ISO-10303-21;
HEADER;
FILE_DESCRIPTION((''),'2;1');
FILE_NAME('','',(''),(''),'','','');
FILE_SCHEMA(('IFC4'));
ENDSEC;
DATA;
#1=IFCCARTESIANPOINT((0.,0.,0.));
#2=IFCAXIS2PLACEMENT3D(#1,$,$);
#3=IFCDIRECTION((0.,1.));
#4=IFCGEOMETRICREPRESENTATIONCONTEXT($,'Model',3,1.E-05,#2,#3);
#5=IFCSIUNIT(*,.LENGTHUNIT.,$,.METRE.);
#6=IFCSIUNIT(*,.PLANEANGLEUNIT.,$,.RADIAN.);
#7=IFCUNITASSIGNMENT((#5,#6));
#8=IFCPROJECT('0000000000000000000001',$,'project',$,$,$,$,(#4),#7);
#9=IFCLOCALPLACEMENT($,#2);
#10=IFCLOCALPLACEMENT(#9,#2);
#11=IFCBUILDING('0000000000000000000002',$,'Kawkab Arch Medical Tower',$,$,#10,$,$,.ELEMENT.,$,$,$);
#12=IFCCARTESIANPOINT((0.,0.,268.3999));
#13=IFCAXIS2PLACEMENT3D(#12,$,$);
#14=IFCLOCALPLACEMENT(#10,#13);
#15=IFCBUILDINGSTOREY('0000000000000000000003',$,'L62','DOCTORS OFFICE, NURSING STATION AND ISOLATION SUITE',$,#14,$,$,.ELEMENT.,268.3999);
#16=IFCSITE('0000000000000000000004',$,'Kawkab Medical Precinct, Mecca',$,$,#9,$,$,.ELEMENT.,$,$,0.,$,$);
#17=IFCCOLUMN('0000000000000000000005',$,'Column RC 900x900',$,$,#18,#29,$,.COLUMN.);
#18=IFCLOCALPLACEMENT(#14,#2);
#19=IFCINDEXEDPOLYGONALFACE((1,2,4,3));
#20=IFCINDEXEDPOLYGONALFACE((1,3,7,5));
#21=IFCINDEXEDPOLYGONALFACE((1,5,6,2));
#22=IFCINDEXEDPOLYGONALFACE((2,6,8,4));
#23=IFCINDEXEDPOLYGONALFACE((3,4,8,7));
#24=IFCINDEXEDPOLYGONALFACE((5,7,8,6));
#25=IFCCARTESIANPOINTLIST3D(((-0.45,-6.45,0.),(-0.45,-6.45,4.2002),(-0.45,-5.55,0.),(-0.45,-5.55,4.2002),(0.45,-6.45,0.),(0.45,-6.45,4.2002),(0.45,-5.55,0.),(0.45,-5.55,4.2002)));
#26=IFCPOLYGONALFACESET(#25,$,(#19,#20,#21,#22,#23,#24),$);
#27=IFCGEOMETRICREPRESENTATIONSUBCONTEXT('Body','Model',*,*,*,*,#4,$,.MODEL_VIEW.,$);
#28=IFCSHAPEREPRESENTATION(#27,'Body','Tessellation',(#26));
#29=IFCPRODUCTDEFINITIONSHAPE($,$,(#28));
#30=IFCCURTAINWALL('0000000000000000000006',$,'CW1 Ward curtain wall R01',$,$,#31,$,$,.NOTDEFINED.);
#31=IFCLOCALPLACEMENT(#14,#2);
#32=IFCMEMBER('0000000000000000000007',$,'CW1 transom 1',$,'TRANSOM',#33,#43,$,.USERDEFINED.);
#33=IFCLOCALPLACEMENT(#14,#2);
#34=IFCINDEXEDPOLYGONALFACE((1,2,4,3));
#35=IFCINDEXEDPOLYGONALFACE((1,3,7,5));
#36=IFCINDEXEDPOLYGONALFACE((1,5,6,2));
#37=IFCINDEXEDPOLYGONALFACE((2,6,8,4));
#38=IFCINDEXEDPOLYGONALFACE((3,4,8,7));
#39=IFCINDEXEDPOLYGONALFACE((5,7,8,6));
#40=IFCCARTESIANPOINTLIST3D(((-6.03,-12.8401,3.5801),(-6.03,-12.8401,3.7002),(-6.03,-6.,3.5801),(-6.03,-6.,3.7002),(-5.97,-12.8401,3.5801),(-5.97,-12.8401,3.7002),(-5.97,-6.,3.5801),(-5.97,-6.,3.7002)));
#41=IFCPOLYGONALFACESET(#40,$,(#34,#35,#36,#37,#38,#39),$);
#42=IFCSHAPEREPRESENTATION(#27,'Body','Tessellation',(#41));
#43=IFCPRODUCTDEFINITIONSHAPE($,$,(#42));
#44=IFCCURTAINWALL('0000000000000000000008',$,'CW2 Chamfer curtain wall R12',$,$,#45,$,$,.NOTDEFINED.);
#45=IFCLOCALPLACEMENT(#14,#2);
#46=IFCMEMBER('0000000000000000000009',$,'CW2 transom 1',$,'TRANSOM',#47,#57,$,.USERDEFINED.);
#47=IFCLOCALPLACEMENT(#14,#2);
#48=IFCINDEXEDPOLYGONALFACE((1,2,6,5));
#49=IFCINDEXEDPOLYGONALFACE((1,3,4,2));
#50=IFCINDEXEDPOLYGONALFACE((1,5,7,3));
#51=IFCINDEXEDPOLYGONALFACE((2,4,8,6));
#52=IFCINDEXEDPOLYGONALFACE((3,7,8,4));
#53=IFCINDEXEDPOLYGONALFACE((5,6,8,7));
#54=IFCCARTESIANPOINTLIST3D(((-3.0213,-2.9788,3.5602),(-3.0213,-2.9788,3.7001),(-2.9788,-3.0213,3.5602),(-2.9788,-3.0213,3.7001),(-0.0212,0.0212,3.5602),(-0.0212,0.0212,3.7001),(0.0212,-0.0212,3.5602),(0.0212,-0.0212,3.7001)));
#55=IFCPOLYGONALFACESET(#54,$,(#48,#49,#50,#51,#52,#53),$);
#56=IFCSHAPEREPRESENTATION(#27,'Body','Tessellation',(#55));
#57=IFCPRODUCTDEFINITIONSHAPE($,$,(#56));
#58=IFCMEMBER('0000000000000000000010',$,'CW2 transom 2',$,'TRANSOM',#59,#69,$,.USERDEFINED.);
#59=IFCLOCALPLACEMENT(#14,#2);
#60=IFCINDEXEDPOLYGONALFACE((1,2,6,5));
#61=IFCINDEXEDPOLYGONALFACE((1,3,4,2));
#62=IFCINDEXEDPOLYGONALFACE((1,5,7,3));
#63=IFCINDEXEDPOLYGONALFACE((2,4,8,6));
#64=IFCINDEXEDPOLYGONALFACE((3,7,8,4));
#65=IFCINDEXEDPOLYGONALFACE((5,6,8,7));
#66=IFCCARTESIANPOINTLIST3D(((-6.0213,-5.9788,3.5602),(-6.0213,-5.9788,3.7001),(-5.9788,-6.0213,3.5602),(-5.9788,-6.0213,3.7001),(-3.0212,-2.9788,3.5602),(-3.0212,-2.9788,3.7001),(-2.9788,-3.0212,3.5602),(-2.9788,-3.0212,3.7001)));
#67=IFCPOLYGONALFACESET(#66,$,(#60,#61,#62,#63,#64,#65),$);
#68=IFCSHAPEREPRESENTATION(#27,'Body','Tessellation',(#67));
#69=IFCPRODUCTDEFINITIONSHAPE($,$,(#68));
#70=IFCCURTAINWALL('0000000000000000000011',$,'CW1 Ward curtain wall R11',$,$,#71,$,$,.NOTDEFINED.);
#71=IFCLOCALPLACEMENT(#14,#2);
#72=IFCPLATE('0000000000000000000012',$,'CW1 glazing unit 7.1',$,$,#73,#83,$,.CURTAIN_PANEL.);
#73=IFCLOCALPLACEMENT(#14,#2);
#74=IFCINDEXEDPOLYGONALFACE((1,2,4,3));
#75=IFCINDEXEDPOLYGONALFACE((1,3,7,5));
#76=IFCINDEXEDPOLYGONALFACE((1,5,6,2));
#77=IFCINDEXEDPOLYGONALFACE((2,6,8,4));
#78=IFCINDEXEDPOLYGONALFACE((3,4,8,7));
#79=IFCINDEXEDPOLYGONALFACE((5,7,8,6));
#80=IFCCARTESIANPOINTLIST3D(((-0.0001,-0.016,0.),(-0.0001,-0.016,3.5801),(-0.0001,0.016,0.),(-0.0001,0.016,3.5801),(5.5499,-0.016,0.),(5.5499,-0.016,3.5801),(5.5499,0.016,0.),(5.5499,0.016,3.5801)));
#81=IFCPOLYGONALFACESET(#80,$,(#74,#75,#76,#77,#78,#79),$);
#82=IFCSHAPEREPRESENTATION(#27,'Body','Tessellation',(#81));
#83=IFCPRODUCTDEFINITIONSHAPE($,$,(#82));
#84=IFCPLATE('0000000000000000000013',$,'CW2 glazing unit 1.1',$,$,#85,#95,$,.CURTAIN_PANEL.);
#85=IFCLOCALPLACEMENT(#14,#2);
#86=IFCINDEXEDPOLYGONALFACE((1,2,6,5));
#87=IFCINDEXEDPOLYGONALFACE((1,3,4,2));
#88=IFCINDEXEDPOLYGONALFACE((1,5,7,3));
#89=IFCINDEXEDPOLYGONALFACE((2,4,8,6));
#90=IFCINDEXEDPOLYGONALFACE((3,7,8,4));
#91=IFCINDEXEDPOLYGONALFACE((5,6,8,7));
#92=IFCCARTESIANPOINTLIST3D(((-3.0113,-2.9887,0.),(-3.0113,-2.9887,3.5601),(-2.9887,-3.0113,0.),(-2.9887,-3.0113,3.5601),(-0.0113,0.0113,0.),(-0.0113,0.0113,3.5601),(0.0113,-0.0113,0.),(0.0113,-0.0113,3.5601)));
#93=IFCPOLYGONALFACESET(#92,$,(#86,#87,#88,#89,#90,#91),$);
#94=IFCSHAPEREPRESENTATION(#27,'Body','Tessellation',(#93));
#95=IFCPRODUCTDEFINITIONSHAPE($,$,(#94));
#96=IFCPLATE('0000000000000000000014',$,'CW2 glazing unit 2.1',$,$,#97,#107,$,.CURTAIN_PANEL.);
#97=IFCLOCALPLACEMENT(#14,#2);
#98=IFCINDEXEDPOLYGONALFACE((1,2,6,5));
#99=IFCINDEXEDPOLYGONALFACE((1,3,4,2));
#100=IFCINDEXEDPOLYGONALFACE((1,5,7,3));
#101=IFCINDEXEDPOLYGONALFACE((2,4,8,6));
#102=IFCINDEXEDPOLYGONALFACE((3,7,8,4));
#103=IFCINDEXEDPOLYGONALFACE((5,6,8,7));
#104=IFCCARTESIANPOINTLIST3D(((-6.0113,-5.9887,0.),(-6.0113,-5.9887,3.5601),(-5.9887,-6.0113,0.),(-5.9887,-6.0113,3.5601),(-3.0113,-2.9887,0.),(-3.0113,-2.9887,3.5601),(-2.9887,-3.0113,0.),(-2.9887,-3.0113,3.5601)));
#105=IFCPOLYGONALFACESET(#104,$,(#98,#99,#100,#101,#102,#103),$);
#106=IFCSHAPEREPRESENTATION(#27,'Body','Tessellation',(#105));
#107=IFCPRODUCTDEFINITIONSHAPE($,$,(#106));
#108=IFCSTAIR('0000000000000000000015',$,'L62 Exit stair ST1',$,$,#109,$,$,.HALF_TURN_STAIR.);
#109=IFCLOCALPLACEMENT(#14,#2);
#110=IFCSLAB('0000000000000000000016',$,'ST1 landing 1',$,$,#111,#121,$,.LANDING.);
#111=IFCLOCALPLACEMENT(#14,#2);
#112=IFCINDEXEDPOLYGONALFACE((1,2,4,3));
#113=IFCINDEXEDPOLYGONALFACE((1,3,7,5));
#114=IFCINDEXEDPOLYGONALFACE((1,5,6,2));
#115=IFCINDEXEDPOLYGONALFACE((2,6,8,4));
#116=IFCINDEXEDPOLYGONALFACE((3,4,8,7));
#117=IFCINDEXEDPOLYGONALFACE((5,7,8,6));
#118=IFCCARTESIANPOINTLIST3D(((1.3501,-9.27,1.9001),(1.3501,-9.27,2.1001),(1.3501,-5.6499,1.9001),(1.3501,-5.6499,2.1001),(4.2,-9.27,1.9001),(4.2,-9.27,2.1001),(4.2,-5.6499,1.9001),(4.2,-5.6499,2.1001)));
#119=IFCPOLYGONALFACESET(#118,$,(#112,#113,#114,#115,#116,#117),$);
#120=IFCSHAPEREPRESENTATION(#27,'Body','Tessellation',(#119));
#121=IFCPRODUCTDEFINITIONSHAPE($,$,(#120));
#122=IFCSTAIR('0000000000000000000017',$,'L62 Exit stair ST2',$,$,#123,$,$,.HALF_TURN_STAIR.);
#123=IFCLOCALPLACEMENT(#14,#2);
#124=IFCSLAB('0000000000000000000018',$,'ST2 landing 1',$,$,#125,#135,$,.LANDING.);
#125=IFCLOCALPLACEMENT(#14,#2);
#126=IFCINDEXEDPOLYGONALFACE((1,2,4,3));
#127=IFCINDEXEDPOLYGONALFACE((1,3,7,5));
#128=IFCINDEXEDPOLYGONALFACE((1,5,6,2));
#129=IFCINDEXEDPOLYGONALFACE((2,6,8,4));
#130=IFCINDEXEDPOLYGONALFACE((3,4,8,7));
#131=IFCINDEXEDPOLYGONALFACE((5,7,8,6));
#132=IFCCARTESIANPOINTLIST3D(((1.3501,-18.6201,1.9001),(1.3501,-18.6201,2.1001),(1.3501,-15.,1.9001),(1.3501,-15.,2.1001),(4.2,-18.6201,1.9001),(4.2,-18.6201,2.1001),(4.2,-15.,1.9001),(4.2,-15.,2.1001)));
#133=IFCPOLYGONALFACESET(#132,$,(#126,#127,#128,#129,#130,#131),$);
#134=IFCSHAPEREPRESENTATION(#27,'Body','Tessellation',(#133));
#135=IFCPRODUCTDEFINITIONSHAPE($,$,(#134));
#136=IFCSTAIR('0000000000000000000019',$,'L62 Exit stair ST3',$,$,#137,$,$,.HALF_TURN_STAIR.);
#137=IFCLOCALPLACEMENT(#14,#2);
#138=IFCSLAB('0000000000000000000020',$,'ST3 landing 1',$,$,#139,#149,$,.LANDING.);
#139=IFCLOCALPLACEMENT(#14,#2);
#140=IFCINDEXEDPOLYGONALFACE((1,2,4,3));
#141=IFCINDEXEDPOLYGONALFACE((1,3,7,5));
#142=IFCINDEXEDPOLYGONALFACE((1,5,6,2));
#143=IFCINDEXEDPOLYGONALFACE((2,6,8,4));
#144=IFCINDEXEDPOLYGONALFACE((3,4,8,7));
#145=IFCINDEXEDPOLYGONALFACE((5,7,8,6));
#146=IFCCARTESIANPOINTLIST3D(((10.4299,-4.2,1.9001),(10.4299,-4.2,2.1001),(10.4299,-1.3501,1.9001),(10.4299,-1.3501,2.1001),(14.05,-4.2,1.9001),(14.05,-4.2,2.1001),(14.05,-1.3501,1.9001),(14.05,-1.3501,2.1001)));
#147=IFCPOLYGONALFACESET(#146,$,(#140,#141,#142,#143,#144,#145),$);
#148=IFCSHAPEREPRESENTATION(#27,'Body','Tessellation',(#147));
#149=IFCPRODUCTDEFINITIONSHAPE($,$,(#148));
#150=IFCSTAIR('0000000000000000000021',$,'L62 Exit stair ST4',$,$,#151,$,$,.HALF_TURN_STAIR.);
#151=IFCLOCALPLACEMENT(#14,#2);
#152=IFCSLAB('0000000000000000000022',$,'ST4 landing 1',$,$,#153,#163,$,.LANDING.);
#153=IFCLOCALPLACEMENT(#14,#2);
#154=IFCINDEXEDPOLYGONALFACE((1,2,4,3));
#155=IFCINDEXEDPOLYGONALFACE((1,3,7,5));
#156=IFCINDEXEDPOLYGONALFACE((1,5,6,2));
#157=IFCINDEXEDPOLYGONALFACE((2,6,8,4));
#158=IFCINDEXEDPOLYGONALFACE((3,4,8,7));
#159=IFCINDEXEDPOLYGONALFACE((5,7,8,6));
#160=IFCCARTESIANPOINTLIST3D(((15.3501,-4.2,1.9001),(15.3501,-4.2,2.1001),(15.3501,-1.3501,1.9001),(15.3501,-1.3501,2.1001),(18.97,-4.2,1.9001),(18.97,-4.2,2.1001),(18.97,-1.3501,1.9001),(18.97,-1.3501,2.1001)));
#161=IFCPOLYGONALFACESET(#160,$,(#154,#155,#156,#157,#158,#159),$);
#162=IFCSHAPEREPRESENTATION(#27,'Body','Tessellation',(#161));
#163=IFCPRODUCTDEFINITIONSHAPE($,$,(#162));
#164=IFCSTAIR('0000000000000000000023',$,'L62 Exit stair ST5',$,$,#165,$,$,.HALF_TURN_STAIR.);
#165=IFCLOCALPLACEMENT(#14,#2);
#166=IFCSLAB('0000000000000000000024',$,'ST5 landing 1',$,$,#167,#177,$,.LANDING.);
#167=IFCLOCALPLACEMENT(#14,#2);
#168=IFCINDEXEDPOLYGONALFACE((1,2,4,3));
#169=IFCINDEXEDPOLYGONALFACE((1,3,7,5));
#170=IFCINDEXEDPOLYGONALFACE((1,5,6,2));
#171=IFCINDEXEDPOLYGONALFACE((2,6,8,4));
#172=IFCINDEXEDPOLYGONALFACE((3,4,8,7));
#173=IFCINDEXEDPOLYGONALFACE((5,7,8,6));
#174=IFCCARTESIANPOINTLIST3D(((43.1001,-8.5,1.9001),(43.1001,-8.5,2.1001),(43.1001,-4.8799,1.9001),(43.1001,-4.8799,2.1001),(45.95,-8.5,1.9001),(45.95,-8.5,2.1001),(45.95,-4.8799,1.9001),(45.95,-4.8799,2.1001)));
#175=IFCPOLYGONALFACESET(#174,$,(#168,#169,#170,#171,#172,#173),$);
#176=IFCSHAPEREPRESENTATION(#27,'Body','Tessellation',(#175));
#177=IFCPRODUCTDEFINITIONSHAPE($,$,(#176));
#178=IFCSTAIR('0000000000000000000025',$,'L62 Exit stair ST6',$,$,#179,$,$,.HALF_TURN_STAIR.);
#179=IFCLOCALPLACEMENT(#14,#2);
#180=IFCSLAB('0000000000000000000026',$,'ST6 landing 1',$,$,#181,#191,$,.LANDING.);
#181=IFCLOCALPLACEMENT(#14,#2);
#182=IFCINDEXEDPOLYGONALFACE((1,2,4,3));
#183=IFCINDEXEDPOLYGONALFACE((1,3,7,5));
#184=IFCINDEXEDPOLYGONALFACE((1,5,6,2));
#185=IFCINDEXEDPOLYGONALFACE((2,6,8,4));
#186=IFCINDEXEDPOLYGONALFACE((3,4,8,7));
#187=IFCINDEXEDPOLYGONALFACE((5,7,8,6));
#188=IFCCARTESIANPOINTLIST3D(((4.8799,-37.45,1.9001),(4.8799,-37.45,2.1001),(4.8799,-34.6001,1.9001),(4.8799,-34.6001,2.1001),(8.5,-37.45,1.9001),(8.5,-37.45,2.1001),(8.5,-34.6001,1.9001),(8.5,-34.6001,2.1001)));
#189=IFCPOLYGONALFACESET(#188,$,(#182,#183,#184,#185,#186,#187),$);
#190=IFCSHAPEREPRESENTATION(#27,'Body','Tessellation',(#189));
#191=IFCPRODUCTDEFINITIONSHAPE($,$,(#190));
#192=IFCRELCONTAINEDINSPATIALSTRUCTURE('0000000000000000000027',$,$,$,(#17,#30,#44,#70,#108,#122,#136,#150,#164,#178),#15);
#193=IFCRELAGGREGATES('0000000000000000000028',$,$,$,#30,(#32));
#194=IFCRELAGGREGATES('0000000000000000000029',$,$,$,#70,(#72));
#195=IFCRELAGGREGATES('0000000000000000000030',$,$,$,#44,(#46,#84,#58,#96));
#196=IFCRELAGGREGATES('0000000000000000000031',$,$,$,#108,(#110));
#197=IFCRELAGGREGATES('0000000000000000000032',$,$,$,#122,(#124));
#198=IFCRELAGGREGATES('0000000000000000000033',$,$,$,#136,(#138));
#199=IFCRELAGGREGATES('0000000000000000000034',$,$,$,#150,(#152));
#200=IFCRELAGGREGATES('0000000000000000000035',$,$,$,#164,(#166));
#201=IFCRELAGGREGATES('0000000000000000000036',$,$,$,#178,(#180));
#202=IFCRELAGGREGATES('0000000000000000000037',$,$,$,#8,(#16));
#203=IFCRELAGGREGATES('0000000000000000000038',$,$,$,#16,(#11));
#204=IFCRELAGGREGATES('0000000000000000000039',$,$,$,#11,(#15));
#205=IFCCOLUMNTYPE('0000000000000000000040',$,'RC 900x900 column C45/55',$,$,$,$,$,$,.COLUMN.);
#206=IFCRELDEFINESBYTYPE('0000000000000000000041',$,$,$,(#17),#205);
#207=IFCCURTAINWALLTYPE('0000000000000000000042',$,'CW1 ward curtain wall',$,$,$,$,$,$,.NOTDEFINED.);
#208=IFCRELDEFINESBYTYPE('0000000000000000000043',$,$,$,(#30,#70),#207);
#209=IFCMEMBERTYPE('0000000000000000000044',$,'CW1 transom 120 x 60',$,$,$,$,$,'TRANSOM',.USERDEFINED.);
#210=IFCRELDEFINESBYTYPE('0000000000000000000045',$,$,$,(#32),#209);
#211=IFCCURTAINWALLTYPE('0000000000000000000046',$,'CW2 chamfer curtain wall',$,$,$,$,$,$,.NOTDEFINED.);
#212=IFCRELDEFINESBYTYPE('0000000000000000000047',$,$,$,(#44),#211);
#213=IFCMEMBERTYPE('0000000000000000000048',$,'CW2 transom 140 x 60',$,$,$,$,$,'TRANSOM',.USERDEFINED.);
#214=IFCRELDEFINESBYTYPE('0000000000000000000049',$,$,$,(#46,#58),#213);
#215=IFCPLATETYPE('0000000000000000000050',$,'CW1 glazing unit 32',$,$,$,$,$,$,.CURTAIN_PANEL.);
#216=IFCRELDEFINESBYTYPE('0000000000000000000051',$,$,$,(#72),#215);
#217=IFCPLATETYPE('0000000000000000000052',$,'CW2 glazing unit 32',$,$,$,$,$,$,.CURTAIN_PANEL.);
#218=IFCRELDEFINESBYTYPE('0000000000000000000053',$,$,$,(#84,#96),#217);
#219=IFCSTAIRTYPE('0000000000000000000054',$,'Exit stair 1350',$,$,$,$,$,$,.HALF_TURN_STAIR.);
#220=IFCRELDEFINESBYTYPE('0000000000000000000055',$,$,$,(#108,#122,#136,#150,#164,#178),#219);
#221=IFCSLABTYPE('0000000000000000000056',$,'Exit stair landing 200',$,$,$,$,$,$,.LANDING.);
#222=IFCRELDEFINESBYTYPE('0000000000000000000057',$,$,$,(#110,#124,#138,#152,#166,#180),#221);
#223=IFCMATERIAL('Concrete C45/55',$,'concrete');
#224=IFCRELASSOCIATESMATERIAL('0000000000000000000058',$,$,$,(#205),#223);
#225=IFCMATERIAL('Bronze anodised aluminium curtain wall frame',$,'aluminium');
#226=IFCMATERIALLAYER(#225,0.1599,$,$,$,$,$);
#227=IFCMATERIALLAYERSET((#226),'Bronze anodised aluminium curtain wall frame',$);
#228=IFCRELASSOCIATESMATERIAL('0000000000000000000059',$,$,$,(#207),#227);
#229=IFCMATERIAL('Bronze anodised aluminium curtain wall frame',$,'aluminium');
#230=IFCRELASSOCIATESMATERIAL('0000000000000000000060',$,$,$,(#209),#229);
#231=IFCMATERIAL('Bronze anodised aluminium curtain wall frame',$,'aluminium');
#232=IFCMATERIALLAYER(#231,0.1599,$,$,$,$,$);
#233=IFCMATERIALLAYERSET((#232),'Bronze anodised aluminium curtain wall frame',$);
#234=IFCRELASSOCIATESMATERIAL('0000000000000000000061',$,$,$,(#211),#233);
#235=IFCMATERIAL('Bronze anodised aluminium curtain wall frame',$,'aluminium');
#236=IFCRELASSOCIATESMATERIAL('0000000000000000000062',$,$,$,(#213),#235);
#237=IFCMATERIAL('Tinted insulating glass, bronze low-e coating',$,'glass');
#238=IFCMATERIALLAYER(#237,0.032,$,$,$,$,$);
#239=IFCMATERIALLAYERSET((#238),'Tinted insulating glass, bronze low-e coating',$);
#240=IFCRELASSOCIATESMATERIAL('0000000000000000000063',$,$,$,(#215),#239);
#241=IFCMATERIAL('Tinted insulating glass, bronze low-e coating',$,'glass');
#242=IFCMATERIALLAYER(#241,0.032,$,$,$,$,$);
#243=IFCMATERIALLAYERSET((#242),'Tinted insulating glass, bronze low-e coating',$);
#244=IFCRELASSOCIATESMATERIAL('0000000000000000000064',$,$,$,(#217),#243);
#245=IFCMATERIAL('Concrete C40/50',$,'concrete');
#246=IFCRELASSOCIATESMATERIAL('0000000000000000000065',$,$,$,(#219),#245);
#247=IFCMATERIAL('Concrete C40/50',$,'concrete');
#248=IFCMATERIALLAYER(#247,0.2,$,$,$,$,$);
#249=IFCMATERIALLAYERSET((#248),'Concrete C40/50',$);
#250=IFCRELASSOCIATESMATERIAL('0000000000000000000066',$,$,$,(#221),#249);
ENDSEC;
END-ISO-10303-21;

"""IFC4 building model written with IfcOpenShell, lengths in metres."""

from ifc_helpers import new_model, si_unit, direction, frame, origin, origin_2d, place, context, subcontext, project, spatial, polyline, rectangle, outline, extrude, material, layer, layer_set, material_profile, profile_set, type_object, element, aggregate, save


model = new_model("IFC4")

# Units and contexts
model_context = context("Model", 3, precision=1e-05, world=origin(), true_north=direction((0.0, 1.0)))
body_context = subcontext(model_context, "Body", "Model", "MODEL_VIEW")
ifc_project = project(units=[si_unit("LENGTHUNIT", "METRE"), si_unit("PLANEANGLEUNIT", "RADIAN")], contexts=[model_context])

# Site, building, storey
site_placement = place(None, origin())
site = spatial("IfcSite", under=ifc_project, at=site_placement, Name="Kawkab Medical Precinct, Mecca", CompositionType="ELEMENT", RefElevation=0.0)
building_placement = place(site_placement, origin())
building = spatial("IfcBuilding", under=site, at=building_placement, Name="Kawkab Arch Medical Tower", CompositionType="ELEMENT")
storey_placement = place(building_placement, frame((0.0, 0.0, 268.3999)))
storey = spatial("IfcBuildingStorey", under=building, at=storey_placement, Name="L62", Description="DOCTORS OFFICE, NURSING STATION AND ISOLATION SUITE", CompositionType="ELEMENT", Elevation=268.3999)

# Column
ifc_material_1 = material(Name="Concrete C45/55", Category="concrete")
ifc_material_profile_1 = material_profile(ifc_material_1, rectangle(XDim=0.8999, YDim=0.8999, at=origin_2d()), Name="RC 900x900")
ifc_profile_set_1 = profile_set([ifc_material_profile_1], Name="Concrete C45/55")
column_type = type_object("IfcColumnType", Name="RC 900x900 column C45/55", PredefinedType="COLUMN", material=ifc_profile_set_1)
column_placement = place(storey_placement, frame((0.0, -6.0, 0.0), z_axis=(0.0, 0.0, 1.0), x_axis=(1.0, 0.0, 0.0)))
element("IfcColumn", 1, at=column_placement, inside=storey, type_object=column_type, Name="Column RC 900x900", PredefinedType="COLUMN", context=body_context, shape_type="SweptSolid", body=[
    extrude(rectangle(XDim=0.8999, YDim=0.8999, at=origin_2d()), origin(), (0.0, 0.0, 1.0), 4.2002),
])

# Curtain wall, member
ifc_material_2 = material(Name="Bronze anodised aluminium curtain wall frame", Category="aluminium")
ifc_layer_1 = layer(ifc_material_2, 0.1599)
ifc_layer_set_1 = layer_set([ifc_layer_1], Name="Bronze anodised aluminium curtain wall frame")
curtain_wall_type_1 = type_object("IfcCurtainWallType", Name="CW1 ward curtain wall", PredefinedType="NOTDEFINED", material=ifc_layer_set_1)
placement_1 = place(storey_placement, origin())
curtain_wall_1 = element("IfcCurtainWall", 2, at=placement_1, inside=storey, type_object=curtain_wall_type_1, Name="CW1 Ward curtain wall R01", PredefinedType="NOTDEFINED")
ifc_material_3 = material(Name="Bronze anodised aluminium curtain wall frame", Category="aluminium")
ifc_material_profile_2 = material_profile(ifc_material_3, rectangle(XDim=0.0601, YDim=0.1201, at=origin_2d()), Name="AL 60x120")
ifc_profile_set_2 = profile_set([ifc_material_profile_2], Name="Bronze anodised aluminium curtain wall frame")
member_type_1 = type_object("IfcMemberType", Name="CW1 transom 120 x 60", ElementType="TRANSOM", PredefinedType="USERDEFINED", material=ifc_profile_set_2)
member_1_placement = place(storey_placement, frame((-6.0, -6.0, 3.6401), z_axis=(0.0, -1.0, 0.0), x_axis=(1.0, 0.0, 0.0)))
member_1 = element("IfcMember", 3, at=member_1_placement, type_object=member_type_1, Name="CW1 transom 1", ObjectType="TRANSOM", PredefinedType="USERDEFINED", context=body_context, shape_type="SweptSolid", body=[
    extrude(rectangle(XDim=0.0601, YDim=0.1201, at=origin_2d()), origin(), (0.0, 0.0, 1.0), 6.8401),
])
aggregate(curtain_wall_1, [member_1])

# Curtain wall, members
ifc_material_4 = material(Name="Bronze anodised aluminium curtain wall frame", Category="aluminium")
ifc_layer_2 = layer(ifc_material_4, 0.1599)
ifc_layer_set_2 = layer_set([ifc_layer_2], Name="Bronze anodised aluminium curtain wall frame")
curtain_wall_type_2 = type_object("IfcCurtainWallType", Name="CW2 chamfer curtain wall", PredefinedType="NOTDEFINED", material=ifc_layer_set_2)
curtain_wall_2 = element("IfcCurtainWall", 4, at=placement_1, inside=storey, type_object=curtain_wall_type_2, Name="CW2 Chamfer curtain wall R12", PredefinedType="NOTDEFINED")
ifc_material_5 = material(Name="Bronze anodised aluminium curtain wall frame", Category="aluminium")
ifc_material_profile_3 = material_profile(ifc_material_5, rectangle(XDim=0.0601, YDim=0.1399, at=origin_2d()), Name="AL 60x140")
ifc_profile_set_3 = profile_set([ifc_material_profile_3], Name="Bronze anodised aluminium curtain wall frame")
member_type_2 = type_object("IfcMemberType", Name="CW2 transom 140 x 60", ElementType="TRANSOM", PredefinedType="USERDEFINED", material=ifc_profile_set_3)
member_2_placement = place(storey_placement, frame((0.0, 0.0, 3.6301), z_axis=(-0.707107, -0.707107, 0.0), x_axis=(0.707107, -0.707107, 0.0)))
member_2 = element("IfcMember", 5, at=member_2_placement, type_object=member_type_2, Name="CW2 transom 1", ObjectType="TRANSOM", PredefinedType="USERDEFINED", context=body_context, shape_type="SweptSolid", body=[
    extrude(rectangle(XDim=0.0601, YDim=0.1399, at=origin_2d()), origin(), (0.0, 0.0, 1.0), 4.2427),
])
member_3_placement = place(storey_placement, frame((-3.0, -3.0, 3.6301), z_axis=(-0.707107, -0.707107, 0.0), x_axis=(0.707107, -0.707107, 0.0)))
member_3 = element("IfcMember", 6, at=member_3_placement, type_object=member_type_2, Name="CW2 transom 2", ObjectType="TRANSOM", PredefinedType="USERDEFINED", context=body_context, shape_type="SweptSolid", body=[
    extrude(rectangle(XDim=0.0601, YDim=0.1399, at=origin_2d()), origin(), (0.0, 0.0, 1.0), 4.2427),
])

# Curtain wall, plate
curtain_wall_3 = element("IfcCurtainWall", 7, at=placement_1, inside=storey, type_object=curtain_wall_type_1, Name="CW1 Ward curtain wall R11", PredefinedType="NOTDEFINED")
ifc_material_6 = material(Name="Tinted insulating glass, bronze low-e coating", Category="glass")
ifc_layer_3 = layer(ifc_material_6, 0.032)
ifc_layer_set_3 = layer_set([ifc_layer_3], Name="Tinted insulating glass, bronze low-e coating")
plate_type_1 = type_object("IfcPlateType", Name="CW1 glazing unit 32", PredefinedType="CURTAIN_PANEL", material=ifc_layer_set_3)
plate_1_placement = place(storey_placement, frame((2.7749, 0.0, 0.0), z_axis=(0.0, 0.0, 1.0), x_axis=(-1.0, 0.0, 0.0)))
plate_1 = element("IfcPlate", 8, at=plate_1_placement, type_object=plate_type_1, Name="CW1 glazing unit 7.1", PredefinedType="CURTAIN_PANEL", context=body_context, shape_type="SweptSolid", body=[
    extrude(rectangle(XDim=5.55, YDim=0.032, at=origin_2d()), origin(), (0.0, 0.0, 1.0), 3.5801),
])
aggregate(curtain_wall_3, [plate_1])

# Plates
ifc_material_7 = material(Name="Tinted insulating glass, bronze low-e coating", Category="glass")
ifc_layer_4 = layer(ifc_material_7, 0.032)
ifc_layer_set_4 = layer_set([ifc_layer_4], Name="Tinted insulating glass, bronze low-e coating")
plate_type_2 = type_object("IfcPlateType", Name="CW2 glazing unit 32", PredefinedType="CURTAIN_PANEL", material=ifc_layer_set_4)
plate_2_placement = place(storey_placement, frame((-1.5, -1.5, 0.0), z_axis=(0.0, 0.0, 1.0), x_axis=(-0.707107, -0.707107, 0.0)))
plate_2 = element("IfcPlate", 9, at=plate_2_placement, type_object=plate_type_2, Name="CW2 glazing unit 1.1", PredefinedType="CURTAIN_PANEL", context=body_context, shape_type="SweptSolid", body=[
    extrude(rectangle(XDim=4.2427, YDim=0.032, at=origin_2d()), origin(), (0.0, 0.0, 1.0), 3.5601),
])
plate_3_placement = place(storey_placement, frame((-4.5, -4.5, 0.0), z_axis=(0.0, 0.0, 1.0), x_axis=(-0.707107, -0.707107, 0.0)))
plate_3 = element("IfcPlate", 10, at=plate_3_placement, type_object=plate_type_2, Name="CW2 glazing unit 2.1", PredefinedType="CURTAIN_PANEL", context=body_context, shape_type="SweptSolid", body=[
    extrude(rectangle(XDim=4.2427, YDim=0.032, at=origin_2d()), origin(), (0.0, 0.0, 1.0), 3.5601),
])
aggregate(curtain_wall_2, [member_2, plate_2, member_3, plate_3])

# Stairs, slabs
ifc_material_8 = material(Name="Concrete C40/50", Category="concrete")
stair_type = type_object("IfcStairType", Name="Exit stair 1350", PredefinedType="HALF_TURN_STAIR", material=ifc_material_8)
stair_1 = element("IfcStair", 11, at=placement_1, inside=storey, type_object=stair_type, Name="L62 Exit stair ST1", PredefinedType="HALF_TURN_STAIR")
ifc_material_9 = material(Name="Concrete C40/50", Category="concrete")
ifc_layer_5 = layer(ifc_material_9, 0.2)
ifc_layer_set_5 = layer_set([ifc_layer_5], Name="Concrete C40/50")
slab_type_1 = type_object("IfcSlabType", Name="Exit stair landing 200", PredefinedType="LANDING", material=ifc_layer_set_5)
placement_2 = place(storey_placement, frame((0.0, 0.0, 1.9001)))
slab_1 = element("IfcSlab", 12, at=placement_2, type_object=slab_type_1, Name="ST1 landing 1", PredefinedType="LANDING", context=body_context, shape_type="SweptSolid", body=[
    extrude(outline(polyline([(4.2, -9.27), (4.2, -5.6499), (1.3501, -5.6499), (1.3501, -9.27), (4.2, -9.27)])), origin(), (0.0, 0.0, 1.0), 0.2),
])
aggregate(stair_1, [slab_1])
stair_2 = element("IfcStair", 13, at=placement_1, inside=storey, type_object=stair_type, Name="L62 Exit stair ST2", PredefinedType="HALF_TURN_STAIR")
slab_2 = element("IfcSlab", 14, at=placement_2, type_object=slab_type_1, Name="ST2 landing 1", PredefinedType="LANDING", context=body_context, shape_type="SweptSolid", body=[
    extrude(outline(polyline([(4.2, -18.6201), (4.2, -15.0), (1.3501, -15.0), (1.3501, -18.6201), (4.2, -18.6201)])), origin(), (0.0, 0.0, 1.0), 0.2),
])
aggregate(stair_2, [slab_2])
stair_3 = element("IfcStair", 15, at=placement_1, inside=storey, type_object=stair_type, Name="L62 Exit stair ST3", PredefinedType="HALF_TURN_STAIR")
slab_3 = element("IfcSlab", 16, at=placement_2, type_object=slab_type_1, Name="ST3 landing 1", PredefinedType="LANDING", context=body_context, shape_type="SweptSolid", body=[
    extrude(outline(polyline([(10.4299, -4.2), (14.05, -4.2), (14.05, -1.3501), (10.4299, -1.3501), (10.4299, -4.2)])), origin(), (0.0, 0.0, 1.0), 0.2),
])
aggregate(stair_3, [slab_3])
stair_4 = element("IfcStair", 17, at=placement_1, inside=storey, type_object=stair_type, Name="L62 Exit stair ST4", PredefinedType="HALF_TURN_STAIR")
slab_4 = element("IfcSlab", 18, at=placement_2, type_object=slab_type_1, Name="ST4 landing 1", PredefinedType="LANDING", context=body_context, shape_type="SweptSolid", body=[
    extrude(outline(polyline([(18.97, -1.3501), (15.3501, -1.3501), (15.3501, -4.2), (18.97, -4.2), (18.97, -1.3501)])), origin(), (0.0, 0.0, 1.0), 0.2),
])
aggregate(stair_4, [slab_4])
stair_5 = element("IfcStair", 19, at=placement_1, inside=storey, type_object=stair_type, Name="L62 Exit stair ST5", PredefinedType="HALF_TURN_STAIR")
slab_5 = element("IfcSlab", 20, at=placement_2, type_object=slab_type_1, Name="ST5 landing 1", PredefinedType="LANDING", context=body_context, shape_type="SweptSolid", body=[
    extrude(outline(polyline([(43.1001, -4.8799), (43.1001, -8.5), (45.95, -8.5), (45.95, -4.8799), (43.1001, -4.8799)])), origin(), (0.0, 0.0, 1.0), 0.2),
])
aggregate(stair_5, [slab_5])
stair_6 = element("IfcStair", 21, at=placement_1, inside=storey, type_object=stair_type, Name="L62 Exit stair ST6", PredefinedType="HALF_TURN_STAIR")
slab_6 = element("IfcSlab", 22, at=placement_2, type_object=slab_type_1, Name="ST6 landing 1", PredefinedType="LANDING", context=body_context, shape_type="SweptSolid", body=[
    extrude(outline(polyline([(4.8799, -37.45), (8.5, -37.45), (8.5, -34.6001), (4.8799, -34.6001), (4.8799, -37.45)])), origin(), (0.0, 0.0, 1.0), 0.2),
])
aggregate(stair_6, [slab_6])

save(model, "model.ifc")
